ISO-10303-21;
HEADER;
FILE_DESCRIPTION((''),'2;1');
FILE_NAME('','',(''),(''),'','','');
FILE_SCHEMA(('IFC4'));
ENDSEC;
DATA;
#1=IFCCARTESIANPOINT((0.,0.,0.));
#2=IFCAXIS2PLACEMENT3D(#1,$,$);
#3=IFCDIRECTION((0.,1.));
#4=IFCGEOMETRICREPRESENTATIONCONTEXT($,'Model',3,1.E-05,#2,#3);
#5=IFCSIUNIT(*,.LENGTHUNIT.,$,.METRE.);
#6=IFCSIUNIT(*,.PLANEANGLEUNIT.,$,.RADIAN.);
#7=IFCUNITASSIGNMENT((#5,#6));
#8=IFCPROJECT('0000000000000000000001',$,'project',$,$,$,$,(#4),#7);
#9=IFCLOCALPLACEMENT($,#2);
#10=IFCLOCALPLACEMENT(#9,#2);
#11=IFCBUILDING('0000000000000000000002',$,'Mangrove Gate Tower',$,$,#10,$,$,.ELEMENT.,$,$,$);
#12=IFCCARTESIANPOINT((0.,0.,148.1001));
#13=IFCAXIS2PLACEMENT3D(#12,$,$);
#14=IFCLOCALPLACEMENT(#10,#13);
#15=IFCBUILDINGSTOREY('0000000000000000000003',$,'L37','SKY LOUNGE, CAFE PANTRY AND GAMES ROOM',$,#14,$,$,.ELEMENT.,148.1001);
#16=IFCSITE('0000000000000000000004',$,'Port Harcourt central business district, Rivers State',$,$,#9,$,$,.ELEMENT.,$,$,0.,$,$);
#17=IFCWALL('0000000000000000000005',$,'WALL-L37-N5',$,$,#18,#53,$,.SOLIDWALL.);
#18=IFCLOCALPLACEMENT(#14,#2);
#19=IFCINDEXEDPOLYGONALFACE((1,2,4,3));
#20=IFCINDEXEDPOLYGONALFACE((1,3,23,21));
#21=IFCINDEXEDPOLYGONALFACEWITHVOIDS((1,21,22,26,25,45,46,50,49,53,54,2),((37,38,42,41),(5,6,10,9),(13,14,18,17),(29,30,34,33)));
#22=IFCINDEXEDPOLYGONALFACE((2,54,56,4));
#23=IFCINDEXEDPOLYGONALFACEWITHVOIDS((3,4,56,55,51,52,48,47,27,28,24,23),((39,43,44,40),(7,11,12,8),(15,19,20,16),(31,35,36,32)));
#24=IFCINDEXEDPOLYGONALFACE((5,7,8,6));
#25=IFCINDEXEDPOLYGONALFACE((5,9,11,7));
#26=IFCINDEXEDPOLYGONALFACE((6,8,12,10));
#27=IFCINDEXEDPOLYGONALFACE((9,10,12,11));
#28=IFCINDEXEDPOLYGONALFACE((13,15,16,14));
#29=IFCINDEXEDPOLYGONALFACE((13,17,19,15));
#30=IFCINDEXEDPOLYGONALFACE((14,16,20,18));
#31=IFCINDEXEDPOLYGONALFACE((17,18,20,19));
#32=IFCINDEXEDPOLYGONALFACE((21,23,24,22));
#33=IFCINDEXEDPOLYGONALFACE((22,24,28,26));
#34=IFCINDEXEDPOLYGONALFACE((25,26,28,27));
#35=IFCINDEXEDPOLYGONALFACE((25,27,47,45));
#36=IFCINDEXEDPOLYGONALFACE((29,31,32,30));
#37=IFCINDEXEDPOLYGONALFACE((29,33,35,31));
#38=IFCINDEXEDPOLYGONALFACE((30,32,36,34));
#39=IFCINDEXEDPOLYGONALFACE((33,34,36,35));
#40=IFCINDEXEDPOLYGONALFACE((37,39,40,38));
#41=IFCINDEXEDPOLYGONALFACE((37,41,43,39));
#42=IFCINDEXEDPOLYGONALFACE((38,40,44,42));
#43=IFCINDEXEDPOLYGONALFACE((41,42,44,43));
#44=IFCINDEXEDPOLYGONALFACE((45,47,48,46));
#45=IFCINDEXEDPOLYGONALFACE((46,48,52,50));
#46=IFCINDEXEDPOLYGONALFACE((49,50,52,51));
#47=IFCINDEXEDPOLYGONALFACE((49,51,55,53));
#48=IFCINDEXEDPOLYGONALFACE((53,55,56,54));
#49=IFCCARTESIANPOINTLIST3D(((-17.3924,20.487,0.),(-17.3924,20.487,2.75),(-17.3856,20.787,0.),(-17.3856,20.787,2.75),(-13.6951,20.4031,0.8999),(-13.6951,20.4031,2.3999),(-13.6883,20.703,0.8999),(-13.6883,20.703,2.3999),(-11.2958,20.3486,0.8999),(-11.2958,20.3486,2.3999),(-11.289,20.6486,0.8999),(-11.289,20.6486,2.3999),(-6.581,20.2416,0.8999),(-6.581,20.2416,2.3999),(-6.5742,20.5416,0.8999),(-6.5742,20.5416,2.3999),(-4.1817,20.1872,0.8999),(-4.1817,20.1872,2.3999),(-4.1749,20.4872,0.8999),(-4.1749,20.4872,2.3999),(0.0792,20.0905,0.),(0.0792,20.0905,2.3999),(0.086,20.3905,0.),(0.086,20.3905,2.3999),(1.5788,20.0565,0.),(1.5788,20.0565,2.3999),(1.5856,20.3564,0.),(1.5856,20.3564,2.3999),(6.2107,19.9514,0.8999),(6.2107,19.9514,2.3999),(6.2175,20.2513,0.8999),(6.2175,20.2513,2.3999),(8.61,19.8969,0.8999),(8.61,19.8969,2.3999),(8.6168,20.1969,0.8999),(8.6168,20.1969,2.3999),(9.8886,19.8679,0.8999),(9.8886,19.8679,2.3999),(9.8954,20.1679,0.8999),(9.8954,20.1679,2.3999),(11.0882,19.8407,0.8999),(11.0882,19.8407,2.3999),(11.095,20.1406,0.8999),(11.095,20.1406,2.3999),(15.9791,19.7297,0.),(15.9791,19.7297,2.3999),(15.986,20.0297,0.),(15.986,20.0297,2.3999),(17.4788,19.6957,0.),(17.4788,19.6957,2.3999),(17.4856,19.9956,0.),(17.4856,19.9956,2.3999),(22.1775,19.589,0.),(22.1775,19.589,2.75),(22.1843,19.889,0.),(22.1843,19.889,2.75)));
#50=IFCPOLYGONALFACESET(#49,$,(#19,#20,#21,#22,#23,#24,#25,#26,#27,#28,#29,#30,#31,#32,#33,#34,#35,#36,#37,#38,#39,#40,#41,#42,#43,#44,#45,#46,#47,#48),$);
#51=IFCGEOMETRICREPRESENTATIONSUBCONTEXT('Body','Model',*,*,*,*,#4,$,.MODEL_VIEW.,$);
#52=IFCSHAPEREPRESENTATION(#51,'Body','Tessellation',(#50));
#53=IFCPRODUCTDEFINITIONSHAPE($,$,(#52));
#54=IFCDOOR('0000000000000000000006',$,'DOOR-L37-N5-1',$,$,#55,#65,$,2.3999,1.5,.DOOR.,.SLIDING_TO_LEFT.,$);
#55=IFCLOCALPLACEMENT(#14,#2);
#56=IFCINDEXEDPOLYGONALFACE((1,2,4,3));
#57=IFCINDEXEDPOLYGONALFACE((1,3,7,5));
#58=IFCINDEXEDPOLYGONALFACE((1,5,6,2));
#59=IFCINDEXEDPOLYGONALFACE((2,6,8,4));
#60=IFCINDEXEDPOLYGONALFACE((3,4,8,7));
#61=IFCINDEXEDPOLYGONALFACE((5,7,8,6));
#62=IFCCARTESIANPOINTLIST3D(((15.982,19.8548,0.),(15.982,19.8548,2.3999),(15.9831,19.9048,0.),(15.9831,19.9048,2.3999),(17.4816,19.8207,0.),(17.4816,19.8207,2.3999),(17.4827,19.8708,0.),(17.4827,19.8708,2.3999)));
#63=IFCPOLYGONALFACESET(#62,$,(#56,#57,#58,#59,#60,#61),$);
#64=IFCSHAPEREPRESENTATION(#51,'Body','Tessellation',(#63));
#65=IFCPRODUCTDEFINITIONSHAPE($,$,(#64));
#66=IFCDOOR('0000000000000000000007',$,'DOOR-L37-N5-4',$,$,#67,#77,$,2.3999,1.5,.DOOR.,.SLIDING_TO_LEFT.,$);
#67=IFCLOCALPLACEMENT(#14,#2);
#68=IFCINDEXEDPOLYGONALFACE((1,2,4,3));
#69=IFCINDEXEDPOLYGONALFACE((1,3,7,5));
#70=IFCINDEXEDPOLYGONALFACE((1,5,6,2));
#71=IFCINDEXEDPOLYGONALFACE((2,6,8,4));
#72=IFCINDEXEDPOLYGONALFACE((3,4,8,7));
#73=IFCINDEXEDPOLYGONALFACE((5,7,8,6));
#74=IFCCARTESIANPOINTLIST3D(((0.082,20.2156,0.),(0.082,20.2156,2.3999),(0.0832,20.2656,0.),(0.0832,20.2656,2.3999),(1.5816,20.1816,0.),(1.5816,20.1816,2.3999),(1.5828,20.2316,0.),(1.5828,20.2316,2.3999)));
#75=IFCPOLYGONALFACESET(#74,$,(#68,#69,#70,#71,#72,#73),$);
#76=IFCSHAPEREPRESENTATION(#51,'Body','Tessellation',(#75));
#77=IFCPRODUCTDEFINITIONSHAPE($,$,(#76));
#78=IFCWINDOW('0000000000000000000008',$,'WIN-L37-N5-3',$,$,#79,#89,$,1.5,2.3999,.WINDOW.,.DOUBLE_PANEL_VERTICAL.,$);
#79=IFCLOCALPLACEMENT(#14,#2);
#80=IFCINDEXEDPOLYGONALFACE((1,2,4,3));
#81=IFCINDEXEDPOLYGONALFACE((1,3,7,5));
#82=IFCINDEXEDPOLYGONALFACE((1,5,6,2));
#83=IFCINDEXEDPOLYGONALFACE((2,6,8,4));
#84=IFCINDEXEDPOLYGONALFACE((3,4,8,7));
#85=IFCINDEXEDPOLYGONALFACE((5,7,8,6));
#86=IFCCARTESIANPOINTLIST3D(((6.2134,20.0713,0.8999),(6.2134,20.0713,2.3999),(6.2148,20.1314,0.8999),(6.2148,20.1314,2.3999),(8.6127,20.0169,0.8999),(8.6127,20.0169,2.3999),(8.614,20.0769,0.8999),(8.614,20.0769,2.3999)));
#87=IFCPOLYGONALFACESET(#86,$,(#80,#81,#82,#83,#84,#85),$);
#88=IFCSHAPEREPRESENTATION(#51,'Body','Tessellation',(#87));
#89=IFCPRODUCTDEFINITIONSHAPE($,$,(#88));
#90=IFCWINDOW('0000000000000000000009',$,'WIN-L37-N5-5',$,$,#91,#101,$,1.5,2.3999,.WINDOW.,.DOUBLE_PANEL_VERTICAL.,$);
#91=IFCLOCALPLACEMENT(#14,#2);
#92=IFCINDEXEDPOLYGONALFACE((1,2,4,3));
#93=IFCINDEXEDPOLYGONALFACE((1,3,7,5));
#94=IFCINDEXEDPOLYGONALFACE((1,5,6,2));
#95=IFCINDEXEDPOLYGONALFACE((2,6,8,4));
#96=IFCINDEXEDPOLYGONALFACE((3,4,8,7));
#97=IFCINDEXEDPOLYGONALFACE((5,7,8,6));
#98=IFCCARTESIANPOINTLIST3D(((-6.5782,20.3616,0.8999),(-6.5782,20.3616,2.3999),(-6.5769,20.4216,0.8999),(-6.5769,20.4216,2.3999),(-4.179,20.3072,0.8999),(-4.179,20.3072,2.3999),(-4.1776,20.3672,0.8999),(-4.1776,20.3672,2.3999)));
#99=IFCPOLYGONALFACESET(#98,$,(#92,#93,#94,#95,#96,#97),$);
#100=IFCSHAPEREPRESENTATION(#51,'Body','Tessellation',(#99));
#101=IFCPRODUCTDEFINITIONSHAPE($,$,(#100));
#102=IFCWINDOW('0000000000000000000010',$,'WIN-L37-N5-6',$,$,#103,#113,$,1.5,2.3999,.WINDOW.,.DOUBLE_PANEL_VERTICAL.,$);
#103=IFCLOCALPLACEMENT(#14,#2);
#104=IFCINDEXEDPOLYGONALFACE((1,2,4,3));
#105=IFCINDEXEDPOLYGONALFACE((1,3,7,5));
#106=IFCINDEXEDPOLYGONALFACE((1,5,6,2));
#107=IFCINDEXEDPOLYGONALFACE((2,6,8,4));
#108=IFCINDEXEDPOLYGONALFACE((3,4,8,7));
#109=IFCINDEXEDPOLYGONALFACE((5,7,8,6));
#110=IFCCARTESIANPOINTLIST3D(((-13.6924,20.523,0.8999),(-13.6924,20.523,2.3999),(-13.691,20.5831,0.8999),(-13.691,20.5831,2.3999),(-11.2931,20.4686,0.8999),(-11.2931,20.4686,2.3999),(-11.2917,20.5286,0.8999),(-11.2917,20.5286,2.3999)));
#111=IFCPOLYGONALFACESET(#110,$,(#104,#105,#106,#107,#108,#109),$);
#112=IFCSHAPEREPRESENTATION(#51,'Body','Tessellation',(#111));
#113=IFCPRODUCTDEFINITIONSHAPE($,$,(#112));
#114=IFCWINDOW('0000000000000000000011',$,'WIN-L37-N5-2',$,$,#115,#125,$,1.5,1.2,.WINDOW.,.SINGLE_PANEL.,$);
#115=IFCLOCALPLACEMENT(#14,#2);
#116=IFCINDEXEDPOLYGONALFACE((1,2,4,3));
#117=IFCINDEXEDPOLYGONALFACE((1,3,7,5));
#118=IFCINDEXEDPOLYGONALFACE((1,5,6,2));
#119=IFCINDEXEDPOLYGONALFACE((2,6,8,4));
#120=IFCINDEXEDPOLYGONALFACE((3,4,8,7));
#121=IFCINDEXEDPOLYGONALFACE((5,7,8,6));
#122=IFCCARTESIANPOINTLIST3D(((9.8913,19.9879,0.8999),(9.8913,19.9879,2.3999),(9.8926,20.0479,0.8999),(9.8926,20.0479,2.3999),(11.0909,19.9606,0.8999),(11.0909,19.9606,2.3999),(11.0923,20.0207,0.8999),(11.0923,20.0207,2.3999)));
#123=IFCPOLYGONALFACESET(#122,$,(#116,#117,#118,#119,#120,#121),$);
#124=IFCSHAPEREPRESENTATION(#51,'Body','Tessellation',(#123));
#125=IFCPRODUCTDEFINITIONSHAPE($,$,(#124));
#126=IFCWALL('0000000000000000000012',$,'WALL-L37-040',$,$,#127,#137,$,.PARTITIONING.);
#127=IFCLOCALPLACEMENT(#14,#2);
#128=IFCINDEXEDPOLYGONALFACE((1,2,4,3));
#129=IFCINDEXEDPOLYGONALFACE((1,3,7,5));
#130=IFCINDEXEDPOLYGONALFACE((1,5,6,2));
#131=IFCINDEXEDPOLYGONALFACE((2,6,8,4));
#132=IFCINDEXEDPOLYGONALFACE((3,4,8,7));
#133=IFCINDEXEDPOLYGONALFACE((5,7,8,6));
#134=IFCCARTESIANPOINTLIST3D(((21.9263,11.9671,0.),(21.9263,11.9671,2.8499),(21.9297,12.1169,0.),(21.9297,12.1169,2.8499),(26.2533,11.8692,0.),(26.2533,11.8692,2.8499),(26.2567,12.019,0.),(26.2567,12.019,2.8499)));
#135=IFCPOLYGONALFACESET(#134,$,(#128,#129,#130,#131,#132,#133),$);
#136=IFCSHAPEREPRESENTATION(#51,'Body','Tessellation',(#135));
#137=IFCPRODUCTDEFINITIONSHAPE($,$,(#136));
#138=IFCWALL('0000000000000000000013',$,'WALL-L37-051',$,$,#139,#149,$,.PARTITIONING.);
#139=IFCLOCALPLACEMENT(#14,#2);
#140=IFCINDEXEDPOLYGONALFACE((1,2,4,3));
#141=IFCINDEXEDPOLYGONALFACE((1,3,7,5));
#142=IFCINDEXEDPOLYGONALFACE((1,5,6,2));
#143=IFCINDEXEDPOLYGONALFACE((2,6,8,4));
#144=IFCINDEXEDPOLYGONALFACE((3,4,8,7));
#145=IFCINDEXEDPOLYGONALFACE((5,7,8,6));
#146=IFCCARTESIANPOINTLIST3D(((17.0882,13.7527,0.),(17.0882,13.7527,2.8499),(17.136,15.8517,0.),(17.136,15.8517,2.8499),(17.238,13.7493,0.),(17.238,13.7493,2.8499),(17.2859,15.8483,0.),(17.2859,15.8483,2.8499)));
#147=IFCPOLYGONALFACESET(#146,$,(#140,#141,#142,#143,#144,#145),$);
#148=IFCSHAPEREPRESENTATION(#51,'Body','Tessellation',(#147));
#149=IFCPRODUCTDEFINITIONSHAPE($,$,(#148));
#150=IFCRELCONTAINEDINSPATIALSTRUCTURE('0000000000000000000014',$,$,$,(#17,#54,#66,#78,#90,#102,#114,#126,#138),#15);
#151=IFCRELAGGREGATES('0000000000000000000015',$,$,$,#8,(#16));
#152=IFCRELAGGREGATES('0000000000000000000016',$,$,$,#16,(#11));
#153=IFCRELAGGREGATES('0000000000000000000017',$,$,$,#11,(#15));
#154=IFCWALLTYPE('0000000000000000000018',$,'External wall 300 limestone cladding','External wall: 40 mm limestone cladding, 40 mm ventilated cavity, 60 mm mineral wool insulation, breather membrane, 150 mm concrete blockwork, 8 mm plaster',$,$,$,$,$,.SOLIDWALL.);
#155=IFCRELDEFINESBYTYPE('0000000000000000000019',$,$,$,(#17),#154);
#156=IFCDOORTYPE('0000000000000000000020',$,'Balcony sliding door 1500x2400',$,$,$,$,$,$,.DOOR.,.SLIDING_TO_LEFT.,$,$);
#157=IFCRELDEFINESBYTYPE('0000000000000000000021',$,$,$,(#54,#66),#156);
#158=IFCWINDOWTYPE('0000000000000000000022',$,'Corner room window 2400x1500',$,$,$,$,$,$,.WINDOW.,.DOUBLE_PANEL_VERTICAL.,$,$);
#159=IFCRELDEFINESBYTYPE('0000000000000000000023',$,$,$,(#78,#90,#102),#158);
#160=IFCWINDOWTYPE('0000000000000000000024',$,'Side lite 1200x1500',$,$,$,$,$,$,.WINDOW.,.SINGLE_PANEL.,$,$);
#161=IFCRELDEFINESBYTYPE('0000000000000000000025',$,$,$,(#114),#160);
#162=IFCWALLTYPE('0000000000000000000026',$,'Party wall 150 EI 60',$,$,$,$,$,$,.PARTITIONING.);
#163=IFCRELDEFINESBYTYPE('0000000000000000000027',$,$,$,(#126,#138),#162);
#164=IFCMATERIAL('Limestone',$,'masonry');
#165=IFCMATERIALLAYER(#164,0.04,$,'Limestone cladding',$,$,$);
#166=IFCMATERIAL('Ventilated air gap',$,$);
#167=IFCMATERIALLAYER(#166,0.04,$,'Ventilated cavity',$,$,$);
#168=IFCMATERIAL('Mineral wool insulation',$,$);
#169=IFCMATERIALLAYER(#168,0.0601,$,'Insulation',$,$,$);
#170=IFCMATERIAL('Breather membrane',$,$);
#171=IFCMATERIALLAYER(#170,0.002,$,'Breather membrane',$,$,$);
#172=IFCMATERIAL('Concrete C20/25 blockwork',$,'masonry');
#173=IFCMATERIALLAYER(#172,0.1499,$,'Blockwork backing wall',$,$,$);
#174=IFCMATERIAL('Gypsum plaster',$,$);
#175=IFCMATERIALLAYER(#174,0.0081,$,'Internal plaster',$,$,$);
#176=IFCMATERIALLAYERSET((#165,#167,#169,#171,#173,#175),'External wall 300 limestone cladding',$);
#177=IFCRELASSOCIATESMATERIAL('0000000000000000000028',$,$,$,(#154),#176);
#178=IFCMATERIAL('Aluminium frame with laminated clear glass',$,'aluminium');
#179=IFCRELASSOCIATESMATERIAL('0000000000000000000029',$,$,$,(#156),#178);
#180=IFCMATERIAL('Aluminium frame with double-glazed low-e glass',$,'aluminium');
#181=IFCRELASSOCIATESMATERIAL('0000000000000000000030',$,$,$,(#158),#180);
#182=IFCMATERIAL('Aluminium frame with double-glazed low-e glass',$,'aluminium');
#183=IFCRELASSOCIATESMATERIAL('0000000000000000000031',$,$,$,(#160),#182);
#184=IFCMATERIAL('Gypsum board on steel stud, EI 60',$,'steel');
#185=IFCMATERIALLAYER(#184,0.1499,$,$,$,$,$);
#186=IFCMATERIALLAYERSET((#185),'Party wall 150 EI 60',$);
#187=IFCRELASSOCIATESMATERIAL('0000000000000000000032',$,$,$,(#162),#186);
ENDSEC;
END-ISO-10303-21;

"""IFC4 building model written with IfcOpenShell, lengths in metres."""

from ifc_helpers import new_model, si_unit, direction, frame, frame_2d, origin, place, context, subcontext, project, spatial, rectangle, extrude, material, layer, layer_set, type_object, element, fill, save


model = new_model("IFC4")

# Units and contexts
model_context = context("Model", 3, precision=1e-05, world=origin(), true_north=direction((0.0, 1.0)))
body_context = subcontext(model_context, "Body", "Model", "MODEL_VIEW")
ifc_project = project(units=[si_unit("LENGTHUNIT", "METRE"), si_unit("PLANEANGLEUNIT", "RADIAN")], contexts=[model_context])

# Site, building, storey
site_placement = place(None, origin())
site = spatial("IfcSite", under=ifc_project, at=site_placement, Name="Port Harcourt central business district, Rivers State", CompositionType="ELEMENT", RefElevation=0.0)
building_placement = place(site_placement, origin())
building = spatial("IfcBuilding", under=site, at=building_placement, Name="Mangrove Gate Tower", CompositionType="ELEMENT")
storey_placement = place(building_placement, frame((0.0, 0.0, 148.1001)))
storey = spatial("IfcBuildingStorey", under=building, at=storey_placement, Name="L37", Description="SKY LOUNGE, CAFE PANTRY AND GAMES ROOM", CompositionType="ELEMENT", Elevation=148.1001)

# Shared definitions
ifc_material_1 = material(Name="Limestone", Category="masonry")
ifc_layer_1 = layer(ifc_material_1, 0.04, Name="Limestone cladding")
ifc_material_2 = material(Name="Ventilated air gap")
ifc_layer_2 = layer(ifc_material_2, 0.04, Name="Ventilated cavity")
ifc_material_3 = material(Name="Mineral wool insulation")
ifc_layer_3 = layer(ifc_material_3, 0.0601, Name="Insulation")
ifc_material_4 = material(Name="Breather membrane")
ifc_layer_4 = layer(ifc_material_4, 0.002, Name="Breather membrane")
ifc_material_5 = material(Name="Concrete C20/25 blockwork", Category="masonry")
ifc_layer_5 = layer(ifc_material_5, 0.1499, Name="Blockwork backing wall")
ifc_material_6 = material(Name="Gypsum plaster")
ifc_layer_6 = layer(ifc_material_6, 0.0081, Name="Internal plaster")
ifc_layer_set_1 = layer_set([ifc_layer_1, ifc_layer_2, ifc_layer_3, ifc_layer_4, ifc_layer_5, ifc_layer_6], Name="External wall 300 limestone cladding")
wall_type_1 = type_object("IfcWallType", Name="External wall 300 limestone cladding", Description="External wall: 40 mm limestone cladding, 40 mm ventilated cavity, 60 mm mineral wool insulation, breather membrane, 150 mm concrete blockwork, 8 mm plaster", PredefinedType="SOLIDWALL", material=ifc_layer_set_1)

# Wall, openings, doors, windows
wall_1_placement = place(storey_placement, frame((22.1809, 19.739, 0.0), z_axis=(0.0, 0.0, 1.0), x_axis=(-0.999743, 0.022687, 0.0)))
wall_1 = element("IfcWall", 1, at=wall_1_placement, inside=storey, type_object=wall_type_1, Name="WALL-L37-N5", PredefinedType="SOLIDWALL", context=body_context, shape_type="SweptSolid", body=[
    extrude(rectangle(XDim=39.5801, YDim=0.3, at=frame_2d((19.79, 0.0))), origin(), (0.0, 0.0, 1.0), 2.75),
])
opening_1_placement = place(wall_1_placement, frame((4.7, 0.0, 0.0)))
opening_1 = element("IfcOpeningElement", 2, at=opening_1_placement, cuts=wall_1, PredefinedType="OPENING", context=body_context, shape_type="SweptSolid", body=[
    extrude(rectangle(XDim=1.5, YDim=2.3999, at=frame_2d((0.75, 1.2))), frame((0.0, 0.1599, 0.0), z_axis=(0.0, -1.0, 0.0), x_axis=(1.0, 0.0, 0.0)), (0.0, 0.0, 1.0), 0.3201),
])
opening_2_placement = place(wall_1_placement, frame((11.092, 0.0, 0.8999)))
opening_2 = element("IfcOpeningElement", 3, at=opening_2_placement, cuts=wall_1, PredefinedType="OPENING", context=body_context, shape_type="SweptSolid", body=[
    extrude(rectangle(XDim=1.2, YDim=1.5, at=frame_2d((0.6001, 0.75))), frame((0.0, 0.1599, 0.0), z_axis=(0.0, -1.0, 0.0), x_axis=(1.0, 0.0, 0.0)), (0.0, 0.0, 1.0), 0.3201),
])
opening_3_placement = place(wall_1_placement, frame((13.571, 0.0, 0.8999)))
opening_3 = element("IfcOpeningElement", 4, at=opening_3_placement, cuts=wall_1, PredefinedType="OPENING", context=body_context, shape_type="SweptSolid", body=[
    extrude(rectangle(XDim=2.3999, YDim=1.5, at=frame_2d((1.2, 0.75))), frame((0.0, 0.1599, 0.0), z_axis=(0.0, -1.0, 0.0), x_axis=(1.0, 0.0, 0.0)), (0.0, 0.0, 1.0), 0.3201),
])
opening_4_placement = place(wall_1_placement, frame((20.604, 0.0, 0.0)))
opening_4 = element("IfcOpeningElement", 5, at=opening_4_placement, cuts=wall_1, PredefinedType="OPENING", context=body_context, shape_type="SweptSolid", body=[
    extrude(rectangle(XDim=1.5, YDim=2.3999, at=frame_2d((0.75, 1.2))), frame((0.0, 0.1599, 0.0), z_axis=(0.0, -1.0, 0.0), x_axis=(1.0, 0.0, 0.0)), (0.0, 0.0, 1.0), 0.3201),
])
opening_5_placement = place(wall_1_placement, frame((26.366, 0.0, 0.8999)))
opening_5 = element("IfcOpeningElement", 6, at=opening_5_placement, cuts=wall_1, PredefinedType="OPENING", context=body_context, shape_type="SweptSolid", body=[
    extrude(rectangle(XDim=2.3999, YDim=1.5, at=frame_2d((1.2, 0.75))), frame((0.0, 0.1599, 0.0), z_axis=(0.0, -1.0, 0.0), x_axis=(1.0, 0.0, 0.0)), (0.0, 0.0, 1.0), 0.3201),
])
opening_6_placement = place(wall_1_placement, frame((33.4819, 0.0, 0.8999)))
opening_6 = element("IfcOpeningElement", 7, at=opening_6_placement, cuts=wall_1, PredefinedType="OPENING", context=body_context, shape_type="SweptSolid", body=[
    extrude(rectangle(XDim=2.3999, YDim=1.5, at=frame_2d((1.2, 0.75))), frame((0.0, 0.1599, 0.0), z_axis=(0.0, -1.0, 0.0), x_axis=(1.0, 0.0, 0.0)), (0.0, 0.0, 1.0), 0.3201),
])
ifc_material_7 = material(Name="Aluminium frame with laminated clear glass", Category="aluminium")
door_type_1 = type_object("IfcDoorType", Name="Balcony sliding door 1500x2400", OperationType="SLIDING_TO_LEFT", PredefinedType="DOOR", material=ifc_material_7)
door_1_placement = place(opening_1_placement, origin())
door_1 = element("IfcDoor", 8, at=door_1_placement, inside=storey, type_object=door_type_1, Name="DOOR-L37-N5-1", OperationType="SLIDING_TO_LEFT", OverallHeight=2.3999, OverallWidth=1.5, PredefinedType="DOOR", context=body_context, shape_type="SweptSolid", body=[
    extrude(rectangle(XDim=1.5, YDim=2.3999, at=frame_2d((0.75, 1.2))), frame((0.0, 0.0249, 0.0), z_axis=(0.0, -1.0, 0.0), x_axis=(1.0, 0.0, 0.0)), (0.0, 0.0, 1.0), 0.05),
])
fill(opening_1, door_1)
door_2_placement = place(opening_4_placement, origin())
door_2 = element("IfcDoor", 9, at=door_2_placement, inside=storey, type_object=door_type_1, Name="DOOR-L37-N5-4", OperationType="SLIDING_TO_LEFT", OverallHeight=2.3999, OverallWidth=1.5, PredefinedType="DOOR", context=body_context, shape_type="SweptSolid", body=[
    extrude(rectangle(XDim=1.5, YDim=2.3999, at=frame_2d((0.75, 1.2))), frame((0.0, 0.0249, 0.0), z_axis=(0.0, -1.0, 0.0), x_axis=(1.0, 0.0, 0.0)), (0.0, 0.0, 1.0), 0.05),
])
fill(opening_4, door_2)
ifc_material_8 = material(Name="Aluminium frame with double-glazed low-e glass", Category="aluminium")
window_type_1 = type_object("IfcWindowType", Name="Corner room window 2400x1500", PartitioningType="DOUBLE_PANEL_VERTICAL", PredefinedType="WINDOW", material=ifc_material_8)
window_1_placement = place(opening_3_placement, origin())
window_1 = element("IfcWindow", 10, at=window_1_placement, inside=storey, type_object=window_type_1, Name="WIN-L37-N5-3", OverallHeight=1.5, OverallWidth=2.3999, PartitioningType="DOUBLE_PANEL_VERTICAL", PredefinedType="WINDOW", context=body_context, shape_type="SweptSolid", body=[
    extrude(rectangle(XDim=2.3999, YDim=1.5, at=frame_2d((1.2, 0.75))), frame((0.0, 0.03, 0.0), z_axis=(0.0, -1.0, 0.0), x_axis=(1.0, 0.0, 0.0)), (0.0, 0.0, 1.0), 0.0601),
])
fill(opening_3, window_1)
window_2_placement = place(opening_5_placement, origin())
window_2 = element("IfcWindow", 11, at=window_2_placement, inside=storey, type_object=window_type_1, Name="WIN-L37-N5-5", OverallHeight=1.5, OverallWidth=2.3999, PartitioningType="DOUBLE_PANEL_VERTICAL", PredefinedType="WINDOW", context=body_context, shape_type="SweptSolid", body=[
    extrude(rectangle(XDim=2.3999, YDim=1.5, at=frame_2d((1.2, 0.75))), frame((0.0, 0.03, 0.0), z_axis=(0.0, -1.0, 0.0), x_axis=(1.0, 0.0, 0.0)), (0.0, 0.0, 1.0), 0.0601),
])
fill(opening_5, window_2)
window_3_placement = place(opening_6_placement, origin())
window_3 = element("IfcWindow", 12, at=window_3_placement, inside=storey, type_object=window_type_1, Name="WIN-L37-N5-6", OverallHeight=1.5, OverallWidth=2.3999, PartitioningType="DOUBLE_PANEL_VERTICAL", PredefinedType="WINDOW", context=body_context, shape_type="SweptSolid", body=[
    extrude(rectangle(XDim=2.3999, YDim=1.5, at=frame_2d((1.2, 0.75))), frame((0.0, 0.03, 0.0), z_axis=(0.0, -1.0, 0.0), x_axis=(1.0, 0.0, 0.0)), (0.0, 0.0, 1.0), 0.0601),
])
fill(opening_6, window_3)
ifc_material_9 = material(Name="Aluminium frame with double-glazed low-e glass", Category="aluminium")
window_type_2 = type_object("IfcWindowType", Name="Side lite 1200x1500", PartitioningType="SINGLE_PANEL", PredefinedType="WINDOW", material=ifc_material_9)
window_4_placement = place(opening_2_placement, origin())
window_4 = element("IfcWindow", 13, at=window_4_placement, inside=storey, type_object=window_type_2, Name="WIN-L37-N5-2", OverallHeight=1.5, OverallWidth=1.2, PartitioningType="SINGLE_PANEL", PredefinedType="WINDOW", context=body_context, shape_type="SweptSolid", body=[
    extrude(rectangle(XDim=1.2, YDim=1.5, at=frame_2d((0.6001, 0.75))), frame((0.0, 0.03, 0.0), z_axis=(0.0, -1.0, 0.0), x_axis=(1.0, 0.0, 0.0)), (0.0, 0.0, 1.0), 0.0601),
])
fill(opening_2, window_4)

# Walls
ifc_material_10 = material(Name="Gypsum board on steel stud, EI 60", Category="steel")
ifc_layer_7 = layer(ifc_material_10, 0.1499)
ifc_layer_set_2 = layer_set([ifc_layer_7], Name="Party wall 150 EI 60")
wall_type_2 = type_object("IfcWallType", Name="Party wall 150 EI 60", PredefinedType="PARTITIONING", material=ifc_layer_set_2)
wall_2_placement = place(storey_placement, frame((21.928, 12.042, 0.0), z_axis=(0.0, 0.0, 1.0), x_axis=(0.999744, -0.02262, 0.0)))
element("IfcWall", 14, at=wall_2_placement, inside=storey, type_object=wall_type_2, Name="WALL-L37-040", PredefinedType="PARTITIONING", context=body_context, shape_type="SweptSolid", body=[
    extrude(rectangle(XDim=4.3281, YDim=0.1499, at=frame_2d((2.1641, 0.0))), origin(), (0.0, 0.0, 1.0), 2.8499),
])
wall_3_placement = place(storey_placement, frame((17.1631, 13.751, 0.0), z_axis=(0.0, 0.0, 1.0), x_axis=(0.02279, 0.99974, 0.0)))
element("IfcWall", 15, at=wall_3_placement, inside=storey, type_object=wall_type_2, Name="WALL-L37-051", PredefinedType="PARTITIONING", context=body_context, shape_type="SweptSolid", body=[
    extrude(rectangle(XDim=2.0996, YDim=0.1499, at=frame_2d((1.0498, 0.0))), origin(), (0.0, 0.0, 1.0), 2.8499),
])

save(model, "model.ifc")
